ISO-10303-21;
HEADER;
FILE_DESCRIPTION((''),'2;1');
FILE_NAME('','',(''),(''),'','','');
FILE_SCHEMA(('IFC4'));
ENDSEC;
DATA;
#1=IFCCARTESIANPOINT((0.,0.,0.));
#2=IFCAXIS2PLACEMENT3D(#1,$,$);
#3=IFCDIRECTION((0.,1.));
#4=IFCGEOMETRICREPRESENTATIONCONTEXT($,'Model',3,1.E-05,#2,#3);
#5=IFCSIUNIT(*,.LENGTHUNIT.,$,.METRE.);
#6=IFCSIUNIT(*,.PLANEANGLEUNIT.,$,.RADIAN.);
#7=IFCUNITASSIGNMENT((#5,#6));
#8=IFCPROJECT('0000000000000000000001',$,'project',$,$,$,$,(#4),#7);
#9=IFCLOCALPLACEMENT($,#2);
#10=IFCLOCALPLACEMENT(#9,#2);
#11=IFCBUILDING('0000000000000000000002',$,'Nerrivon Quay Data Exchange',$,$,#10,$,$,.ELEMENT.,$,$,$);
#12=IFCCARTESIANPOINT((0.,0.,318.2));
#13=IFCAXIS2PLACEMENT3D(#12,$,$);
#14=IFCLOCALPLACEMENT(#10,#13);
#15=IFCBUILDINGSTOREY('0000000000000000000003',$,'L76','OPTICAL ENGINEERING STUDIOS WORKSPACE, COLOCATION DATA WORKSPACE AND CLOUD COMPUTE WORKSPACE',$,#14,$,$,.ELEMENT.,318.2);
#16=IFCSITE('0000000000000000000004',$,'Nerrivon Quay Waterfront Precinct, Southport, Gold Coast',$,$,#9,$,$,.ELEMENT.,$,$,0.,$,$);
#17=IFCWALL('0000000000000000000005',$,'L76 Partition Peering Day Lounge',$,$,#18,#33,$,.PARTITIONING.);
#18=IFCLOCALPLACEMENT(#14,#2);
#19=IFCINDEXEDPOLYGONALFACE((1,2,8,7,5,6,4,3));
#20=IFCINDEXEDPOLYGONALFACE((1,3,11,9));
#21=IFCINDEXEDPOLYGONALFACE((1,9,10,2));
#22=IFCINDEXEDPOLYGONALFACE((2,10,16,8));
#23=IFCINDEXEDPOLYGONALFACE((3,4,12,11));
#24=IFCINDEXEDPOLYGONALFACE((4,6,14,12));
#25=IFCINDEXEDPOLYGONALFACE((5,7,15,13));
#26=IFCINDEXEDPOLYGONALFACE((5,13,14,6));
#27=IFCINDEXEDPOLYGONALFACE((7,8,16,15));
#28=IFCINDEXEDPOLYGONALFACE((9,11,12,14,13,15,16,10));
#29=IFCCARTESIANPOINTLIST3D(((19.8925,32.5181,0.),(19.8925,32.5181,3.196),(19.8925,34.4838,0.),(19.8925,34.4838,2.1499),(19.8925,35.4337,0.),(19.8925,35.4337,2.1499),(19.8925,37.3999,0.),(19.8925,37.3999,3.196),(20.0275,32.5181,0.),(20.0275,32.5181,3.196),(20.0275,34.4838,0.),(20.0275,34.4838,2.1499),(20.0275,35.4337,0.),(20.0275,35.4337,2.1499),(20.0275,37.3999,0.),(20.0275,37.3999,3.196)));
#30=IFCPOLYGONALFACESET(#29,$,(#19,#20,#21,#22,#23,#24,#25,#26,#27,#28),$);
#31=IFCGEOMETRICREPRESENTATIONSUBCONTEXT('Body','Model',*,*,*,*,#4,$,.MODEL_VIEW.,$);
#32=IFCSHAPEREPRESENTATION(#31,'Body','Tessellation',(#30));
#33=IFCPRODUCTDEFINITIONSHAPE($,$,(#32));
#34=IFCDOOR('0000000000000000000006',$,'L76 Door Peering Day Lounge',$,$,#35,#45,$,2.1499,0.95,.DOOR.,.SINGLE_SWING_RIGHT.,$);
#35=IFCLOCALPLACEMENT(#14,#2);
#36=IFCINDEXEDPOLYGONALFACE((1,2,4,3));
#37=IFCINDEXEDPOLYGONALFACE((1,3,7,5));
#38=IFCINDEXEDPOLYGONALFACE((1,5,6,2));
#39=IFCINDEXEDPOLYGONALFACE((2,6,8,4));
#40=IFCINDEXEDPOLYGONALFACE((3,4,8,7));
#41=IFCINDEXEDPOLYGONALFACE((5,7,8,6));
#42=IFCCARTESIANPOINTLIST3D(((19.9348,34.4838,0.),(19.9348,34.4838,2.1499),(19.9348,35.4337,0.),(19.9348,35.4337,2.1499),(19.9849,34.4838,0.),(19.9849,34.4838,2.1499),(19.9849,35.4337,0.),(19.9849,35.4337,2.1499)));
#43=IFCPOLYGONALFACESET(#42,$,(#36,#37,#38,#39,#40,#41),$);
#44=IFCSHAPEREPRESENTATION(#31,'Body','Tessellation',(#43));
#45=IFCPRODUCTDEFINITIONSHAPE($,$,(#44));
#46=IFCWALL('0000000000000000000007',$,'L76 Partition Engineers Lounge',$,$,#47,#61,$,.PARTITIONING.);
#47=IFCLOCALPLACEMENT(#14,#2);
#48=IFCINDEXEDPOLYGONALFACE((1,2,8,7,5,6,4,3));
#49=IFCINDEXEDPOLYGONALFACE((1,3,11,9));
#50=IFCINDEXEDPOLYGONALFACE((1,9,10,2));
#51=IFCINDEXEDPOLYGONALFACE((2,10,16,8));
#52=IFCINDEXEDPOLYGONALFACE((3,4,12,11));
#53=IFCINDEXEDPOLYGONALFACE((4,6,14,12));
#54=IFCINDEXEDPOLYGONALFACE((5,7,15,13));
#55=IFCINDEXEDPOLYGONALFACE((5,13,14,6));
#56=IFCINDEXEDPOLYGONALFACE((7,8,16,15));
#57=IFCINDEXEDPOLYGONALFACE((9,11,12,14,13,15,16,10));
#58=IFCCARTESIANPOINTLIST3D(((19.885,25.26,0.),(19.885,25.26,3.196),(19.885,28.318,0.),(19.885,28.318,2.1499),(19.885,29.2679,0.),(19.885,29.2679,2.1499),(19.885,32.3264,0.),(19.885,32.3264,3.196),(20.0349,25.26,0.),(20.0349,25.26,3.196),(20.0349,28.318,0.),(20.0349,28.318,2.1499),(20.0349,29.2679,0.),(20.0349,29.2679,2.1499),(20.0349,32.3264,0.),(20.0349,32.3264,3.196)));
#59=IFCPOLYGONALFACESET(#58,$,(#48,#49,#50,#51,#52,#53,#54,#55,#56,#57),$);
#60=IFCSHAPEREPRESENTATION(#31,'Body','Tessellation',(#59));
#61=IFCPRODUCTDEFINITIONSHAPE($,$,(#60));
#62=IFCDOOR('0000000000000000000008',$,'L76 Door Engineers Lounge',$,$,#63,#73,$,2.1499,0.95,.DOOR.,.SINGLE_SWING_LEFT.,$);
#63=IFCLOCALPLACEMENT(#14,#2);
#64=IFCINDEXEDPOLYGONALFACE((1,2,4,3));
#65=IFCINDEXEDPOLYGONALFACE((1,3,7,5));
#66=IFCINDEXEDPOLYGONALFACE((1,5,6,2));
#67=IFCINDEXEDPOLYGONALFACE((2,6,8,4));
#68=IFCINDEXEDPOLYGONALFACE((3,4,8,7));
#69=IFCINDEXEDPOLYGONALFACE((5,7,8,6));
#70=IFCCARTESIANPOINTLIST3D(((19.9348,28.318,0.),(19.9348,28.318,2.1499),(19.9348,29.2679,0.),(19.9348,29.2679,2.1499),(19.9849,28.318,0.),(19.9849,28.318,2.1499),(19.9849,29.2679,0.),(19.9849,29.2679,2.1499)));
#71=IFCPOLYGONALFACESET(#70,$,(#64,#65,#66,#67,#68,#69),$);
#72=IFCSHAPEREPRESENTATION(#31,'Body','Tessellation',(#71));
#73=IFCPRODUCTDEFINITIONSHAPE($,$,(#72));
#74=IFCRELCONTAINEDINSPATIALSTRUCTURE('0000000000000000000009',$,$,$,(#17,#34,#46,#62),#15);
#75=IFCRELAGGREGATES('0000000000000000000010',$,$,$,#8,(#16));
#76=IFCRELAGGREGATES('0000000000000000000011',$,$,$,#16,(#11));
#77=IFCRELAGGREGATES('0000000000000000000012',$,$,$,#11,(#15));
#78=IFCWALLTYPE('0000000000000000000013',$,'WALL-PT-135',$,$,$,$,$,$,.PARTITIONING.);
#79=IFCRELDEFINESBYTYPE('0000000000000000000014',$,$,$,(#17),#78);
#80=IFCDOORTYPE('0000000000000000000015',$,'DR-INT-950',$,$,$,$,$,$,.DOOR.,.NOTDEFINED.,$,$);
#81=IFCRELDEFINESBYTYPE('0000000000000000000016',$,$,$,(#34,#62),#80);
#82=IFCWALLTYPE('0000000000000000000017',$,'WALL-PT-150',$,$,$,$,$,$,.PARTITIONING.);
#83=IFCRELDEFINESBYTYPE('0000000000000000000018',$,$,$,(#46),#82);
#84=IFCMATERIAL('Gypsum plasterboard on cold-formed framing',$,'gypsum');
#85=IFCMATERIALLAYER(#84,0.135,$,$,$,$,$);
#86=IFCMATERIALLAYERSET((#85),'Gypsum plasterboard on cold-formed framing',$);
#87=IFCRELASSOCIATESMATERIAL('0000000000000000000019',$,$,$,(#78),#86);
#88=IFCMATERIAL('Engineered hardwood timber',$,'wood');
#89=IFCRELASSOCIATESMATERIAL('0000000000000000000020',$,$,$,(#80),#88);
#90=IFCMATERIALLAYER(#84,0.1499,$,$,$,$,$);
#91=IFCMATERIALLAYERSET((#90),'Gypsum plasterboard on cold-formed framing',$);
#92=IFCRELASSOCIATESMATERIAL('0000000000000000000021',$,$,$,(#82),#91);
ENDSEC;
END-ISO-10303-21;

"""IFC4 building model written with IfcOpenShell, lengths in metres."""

from ifc_helpers import new_model, si_unit, direction, frame, frame_2d, origin, place, context, subcontext, project, spatial, rectangle, extrude, material, layer, layer_set, type_object, element, fill, save


model = new_model("IFC4")

# Units and contexts
model_context = context("Model", 3, precision=1e-05, world=origin(), true_north=direction((0.0, 1.0)))
body_context = subcontext(model_context, "Body", "Model", "MODEL_VIEW")
ifc_project = project(units=[si_unit("LENGTHUNIT", "METRE"), si_unit("PLANEANGLEUNIT", "RADIAN")], contexts=[model_context])

# Site, building, storey
site_placement = place(None, origin())
site = spatial("IfcSite", under=ifc_project, at=site_placement, Name="Nerrivon Quay Waterfront Precinct, Southport, Gold Coast", CompositionType="ELEMENT", RefElevation=0.0)
building_placement = place(site_placement, origin())
building = spatial("IfcBuilding", under=site, at=building_placement, Name="Nerrivon Quay Data Exchange", CompositionType="ELEMENT")
storey_placement = place(building_placement, frame((0.0, 0.0, 318.2)))
storey = spatial("IfcBuildingStorey", under=building, at=storey_placement, Name="L76", Description="OPTICAL ENGINEERING STUDIOS WORKSPACE, COLOCATION DATA WORKSPACE AND CLOUD COMPUTE WORKSPACE", CompositionType="ELEMENT", Elevation=318.2)

# Shared definitions
ifc_material_1 = material(Name="Gypsum plasterboard on cold-formed framing", Category="gypsum")

# Shared definitions
ifc_material_2 = material(Name="Engineered hardwood timber", Category="wood")

# Walls, openings, doors
ifc_layer_1 = layer(ifc_material_1, 0.135)
ifc_layer_set_1 = layer_set([ifc_layer_1], Name="Gypsum plasterboard on cold-formed framing")
wall_type_1 = type_object("IfcWallType", Name="WALL-PT-135", PredefinedType="PARTITIONING", material=ifc_layer_set_1)
wall_1_placement = place(storey_placement, frame((19.96, 37.3999, 0.0), z_axis=(0.0, 0.0, 1.0), x_axis=(0.0, -1.0, 0.0)))
wall_1 = element("IfcWall", 1, at=wall_1_placement, inside=storey, type_object=wall_type_1, Name="L76 Partition Peering Day Lounge", PredefinedType="PARTITIONING", context=body_context, shape_type="SweptSolid", body=[
    extrude(rectangle(XDim=4.8818, YDim=0.135, at=frame_2d((2.4409, 0.0))), origin(), (0.0, 0.0, 1.0), 3.196),
])
opening_1_placement = place(wall_1_placement, frame((1.9661, 0.0, 0.0)))
opening_1 = element("IfcOpeningElement", 2, at=opening_1_placement, cuts=wall_1, PredefinedType="OPENING", context=body_context, shape_type="SweptSolid", body=[
    extrude(rectangle(XDim=0.95, YDim=2.1499, at=frame_2d((0.4751, 1.075))), frame((0.0, 0.0774, 0.0), z_axis=(0.0, -1.0, 0.0), x_axis=(1.0, 0.0, 0.0)), (0.0, 0.0, 1.0), 0.155),
])
door_type_1 = type_object("IfcDoorType", Name="DR-INT-950", OperationType="NOTDEFINED", PredefinedType="DOOR", material=ifc_material_2)
door_1_placement = place(opening_1_placement, origin())
door_1 = element("IfcDoor", 3, at=door_1_placement, inside=storey, type_object=door_type_1, Name="L76 Door Peering Day Lounge", OperationType="SINGLE_SWING_RIGHT", OverallHeight=2.1499, OverallWidth=0.95, PredefinedType="DOOR", context=body_context, shape_type="SweptSolid", body=[
    extrude(rectangle(XDim=0.95, YDim=2.1499, at=frame_2d((0.4751, 1.075))), frame((0.0, 0.0249, 0.0), z_axis=(0.0, -1.0, 0.0), x_axis=(1.0, 0.0, 0.0)), (0.0, 0.0, 1.0), 0.05),
])
fill(opening_1, door_1)
ifc_layer_2 = layer(ifc_material_1, 0.1499)
ifc_layer_set_2 = layer_set([ifc_layer_2], Name="Gypsum plasterboard on cold-formed framing")
wall_type_2 = type_object("IfcWallType", Name="WALL-PT-150", PredefinedType="PARTITIONING", material=ifc_layer_set_2)
wall_2_placement = place(storey_placement, frame((19.96, 32.3264, 0.0), z_axis=(0.0, 0.0, 1.0), x_axis=(0.0, -1.0, 0.0)))
wall_2 = element("IfcWall", 4, at=wall_2_placement, inside=storey, type_object=wall_type_2, Name="L76 Partition Engineers Lounge", PredefinedType="PARTITIONING", context=body_context, shape_type="SweptSolid", body=[
    extrude(rectangle(XDim=7.0664, YDim=0.1499, at=frame_2d((3.5332, 0.0))), origin(), (0.0, 0.0, 1.0), 3.196),
])
opening_2_placement = place(wall_2_placement, frame((3.0583, 0.0, 0.0)))
opening_2 = element("IfcOpeningElement", 5, at=opening_2_placement, cuts=wall_2, PredefinedType="OPENING", context=body_context, shape_type="SweptSolid", body=[
    extrude(rectangle(XDim=0.95, YDim=2.1499, at=frame_2d((0.4751, 1.075))), frame((0.0, 0.085, 0.0), z_axis=(0.0, -1.0, 0.0), x_axis=(1.0, 0.0, 0.0)), (0.0, 0.0, 1.0), 0.1699),
])
door_2_placement = place(opening_2_placement, origin())
door_2 = element("IfcDoor", 6, at=door_2_placement, inside=storey, type_object=door_type_1, Name="L76 Door Engineers Lounge", OperationType="SINGLE_SWING_LEFT", OverallHeight=2.1499, OverallWidth=0.95, PredefinedType="DOOR", context=body_context, shape_type="SweptSolid", body=[
    extrude(rectangle(XDim=0.95, YDim=2.1499, at=frame_2d((0.4751, 1.075))), frame((0.0, 0.0249, 0.0), z_axis=(0.0, -1.0, 0.0), x_axis=(1.0, 0.0, 0.0)), (0.0, 0.0, 1.0), 0.05),
])
fill(opening_2, door_2)

save(model, "model.ifc")
